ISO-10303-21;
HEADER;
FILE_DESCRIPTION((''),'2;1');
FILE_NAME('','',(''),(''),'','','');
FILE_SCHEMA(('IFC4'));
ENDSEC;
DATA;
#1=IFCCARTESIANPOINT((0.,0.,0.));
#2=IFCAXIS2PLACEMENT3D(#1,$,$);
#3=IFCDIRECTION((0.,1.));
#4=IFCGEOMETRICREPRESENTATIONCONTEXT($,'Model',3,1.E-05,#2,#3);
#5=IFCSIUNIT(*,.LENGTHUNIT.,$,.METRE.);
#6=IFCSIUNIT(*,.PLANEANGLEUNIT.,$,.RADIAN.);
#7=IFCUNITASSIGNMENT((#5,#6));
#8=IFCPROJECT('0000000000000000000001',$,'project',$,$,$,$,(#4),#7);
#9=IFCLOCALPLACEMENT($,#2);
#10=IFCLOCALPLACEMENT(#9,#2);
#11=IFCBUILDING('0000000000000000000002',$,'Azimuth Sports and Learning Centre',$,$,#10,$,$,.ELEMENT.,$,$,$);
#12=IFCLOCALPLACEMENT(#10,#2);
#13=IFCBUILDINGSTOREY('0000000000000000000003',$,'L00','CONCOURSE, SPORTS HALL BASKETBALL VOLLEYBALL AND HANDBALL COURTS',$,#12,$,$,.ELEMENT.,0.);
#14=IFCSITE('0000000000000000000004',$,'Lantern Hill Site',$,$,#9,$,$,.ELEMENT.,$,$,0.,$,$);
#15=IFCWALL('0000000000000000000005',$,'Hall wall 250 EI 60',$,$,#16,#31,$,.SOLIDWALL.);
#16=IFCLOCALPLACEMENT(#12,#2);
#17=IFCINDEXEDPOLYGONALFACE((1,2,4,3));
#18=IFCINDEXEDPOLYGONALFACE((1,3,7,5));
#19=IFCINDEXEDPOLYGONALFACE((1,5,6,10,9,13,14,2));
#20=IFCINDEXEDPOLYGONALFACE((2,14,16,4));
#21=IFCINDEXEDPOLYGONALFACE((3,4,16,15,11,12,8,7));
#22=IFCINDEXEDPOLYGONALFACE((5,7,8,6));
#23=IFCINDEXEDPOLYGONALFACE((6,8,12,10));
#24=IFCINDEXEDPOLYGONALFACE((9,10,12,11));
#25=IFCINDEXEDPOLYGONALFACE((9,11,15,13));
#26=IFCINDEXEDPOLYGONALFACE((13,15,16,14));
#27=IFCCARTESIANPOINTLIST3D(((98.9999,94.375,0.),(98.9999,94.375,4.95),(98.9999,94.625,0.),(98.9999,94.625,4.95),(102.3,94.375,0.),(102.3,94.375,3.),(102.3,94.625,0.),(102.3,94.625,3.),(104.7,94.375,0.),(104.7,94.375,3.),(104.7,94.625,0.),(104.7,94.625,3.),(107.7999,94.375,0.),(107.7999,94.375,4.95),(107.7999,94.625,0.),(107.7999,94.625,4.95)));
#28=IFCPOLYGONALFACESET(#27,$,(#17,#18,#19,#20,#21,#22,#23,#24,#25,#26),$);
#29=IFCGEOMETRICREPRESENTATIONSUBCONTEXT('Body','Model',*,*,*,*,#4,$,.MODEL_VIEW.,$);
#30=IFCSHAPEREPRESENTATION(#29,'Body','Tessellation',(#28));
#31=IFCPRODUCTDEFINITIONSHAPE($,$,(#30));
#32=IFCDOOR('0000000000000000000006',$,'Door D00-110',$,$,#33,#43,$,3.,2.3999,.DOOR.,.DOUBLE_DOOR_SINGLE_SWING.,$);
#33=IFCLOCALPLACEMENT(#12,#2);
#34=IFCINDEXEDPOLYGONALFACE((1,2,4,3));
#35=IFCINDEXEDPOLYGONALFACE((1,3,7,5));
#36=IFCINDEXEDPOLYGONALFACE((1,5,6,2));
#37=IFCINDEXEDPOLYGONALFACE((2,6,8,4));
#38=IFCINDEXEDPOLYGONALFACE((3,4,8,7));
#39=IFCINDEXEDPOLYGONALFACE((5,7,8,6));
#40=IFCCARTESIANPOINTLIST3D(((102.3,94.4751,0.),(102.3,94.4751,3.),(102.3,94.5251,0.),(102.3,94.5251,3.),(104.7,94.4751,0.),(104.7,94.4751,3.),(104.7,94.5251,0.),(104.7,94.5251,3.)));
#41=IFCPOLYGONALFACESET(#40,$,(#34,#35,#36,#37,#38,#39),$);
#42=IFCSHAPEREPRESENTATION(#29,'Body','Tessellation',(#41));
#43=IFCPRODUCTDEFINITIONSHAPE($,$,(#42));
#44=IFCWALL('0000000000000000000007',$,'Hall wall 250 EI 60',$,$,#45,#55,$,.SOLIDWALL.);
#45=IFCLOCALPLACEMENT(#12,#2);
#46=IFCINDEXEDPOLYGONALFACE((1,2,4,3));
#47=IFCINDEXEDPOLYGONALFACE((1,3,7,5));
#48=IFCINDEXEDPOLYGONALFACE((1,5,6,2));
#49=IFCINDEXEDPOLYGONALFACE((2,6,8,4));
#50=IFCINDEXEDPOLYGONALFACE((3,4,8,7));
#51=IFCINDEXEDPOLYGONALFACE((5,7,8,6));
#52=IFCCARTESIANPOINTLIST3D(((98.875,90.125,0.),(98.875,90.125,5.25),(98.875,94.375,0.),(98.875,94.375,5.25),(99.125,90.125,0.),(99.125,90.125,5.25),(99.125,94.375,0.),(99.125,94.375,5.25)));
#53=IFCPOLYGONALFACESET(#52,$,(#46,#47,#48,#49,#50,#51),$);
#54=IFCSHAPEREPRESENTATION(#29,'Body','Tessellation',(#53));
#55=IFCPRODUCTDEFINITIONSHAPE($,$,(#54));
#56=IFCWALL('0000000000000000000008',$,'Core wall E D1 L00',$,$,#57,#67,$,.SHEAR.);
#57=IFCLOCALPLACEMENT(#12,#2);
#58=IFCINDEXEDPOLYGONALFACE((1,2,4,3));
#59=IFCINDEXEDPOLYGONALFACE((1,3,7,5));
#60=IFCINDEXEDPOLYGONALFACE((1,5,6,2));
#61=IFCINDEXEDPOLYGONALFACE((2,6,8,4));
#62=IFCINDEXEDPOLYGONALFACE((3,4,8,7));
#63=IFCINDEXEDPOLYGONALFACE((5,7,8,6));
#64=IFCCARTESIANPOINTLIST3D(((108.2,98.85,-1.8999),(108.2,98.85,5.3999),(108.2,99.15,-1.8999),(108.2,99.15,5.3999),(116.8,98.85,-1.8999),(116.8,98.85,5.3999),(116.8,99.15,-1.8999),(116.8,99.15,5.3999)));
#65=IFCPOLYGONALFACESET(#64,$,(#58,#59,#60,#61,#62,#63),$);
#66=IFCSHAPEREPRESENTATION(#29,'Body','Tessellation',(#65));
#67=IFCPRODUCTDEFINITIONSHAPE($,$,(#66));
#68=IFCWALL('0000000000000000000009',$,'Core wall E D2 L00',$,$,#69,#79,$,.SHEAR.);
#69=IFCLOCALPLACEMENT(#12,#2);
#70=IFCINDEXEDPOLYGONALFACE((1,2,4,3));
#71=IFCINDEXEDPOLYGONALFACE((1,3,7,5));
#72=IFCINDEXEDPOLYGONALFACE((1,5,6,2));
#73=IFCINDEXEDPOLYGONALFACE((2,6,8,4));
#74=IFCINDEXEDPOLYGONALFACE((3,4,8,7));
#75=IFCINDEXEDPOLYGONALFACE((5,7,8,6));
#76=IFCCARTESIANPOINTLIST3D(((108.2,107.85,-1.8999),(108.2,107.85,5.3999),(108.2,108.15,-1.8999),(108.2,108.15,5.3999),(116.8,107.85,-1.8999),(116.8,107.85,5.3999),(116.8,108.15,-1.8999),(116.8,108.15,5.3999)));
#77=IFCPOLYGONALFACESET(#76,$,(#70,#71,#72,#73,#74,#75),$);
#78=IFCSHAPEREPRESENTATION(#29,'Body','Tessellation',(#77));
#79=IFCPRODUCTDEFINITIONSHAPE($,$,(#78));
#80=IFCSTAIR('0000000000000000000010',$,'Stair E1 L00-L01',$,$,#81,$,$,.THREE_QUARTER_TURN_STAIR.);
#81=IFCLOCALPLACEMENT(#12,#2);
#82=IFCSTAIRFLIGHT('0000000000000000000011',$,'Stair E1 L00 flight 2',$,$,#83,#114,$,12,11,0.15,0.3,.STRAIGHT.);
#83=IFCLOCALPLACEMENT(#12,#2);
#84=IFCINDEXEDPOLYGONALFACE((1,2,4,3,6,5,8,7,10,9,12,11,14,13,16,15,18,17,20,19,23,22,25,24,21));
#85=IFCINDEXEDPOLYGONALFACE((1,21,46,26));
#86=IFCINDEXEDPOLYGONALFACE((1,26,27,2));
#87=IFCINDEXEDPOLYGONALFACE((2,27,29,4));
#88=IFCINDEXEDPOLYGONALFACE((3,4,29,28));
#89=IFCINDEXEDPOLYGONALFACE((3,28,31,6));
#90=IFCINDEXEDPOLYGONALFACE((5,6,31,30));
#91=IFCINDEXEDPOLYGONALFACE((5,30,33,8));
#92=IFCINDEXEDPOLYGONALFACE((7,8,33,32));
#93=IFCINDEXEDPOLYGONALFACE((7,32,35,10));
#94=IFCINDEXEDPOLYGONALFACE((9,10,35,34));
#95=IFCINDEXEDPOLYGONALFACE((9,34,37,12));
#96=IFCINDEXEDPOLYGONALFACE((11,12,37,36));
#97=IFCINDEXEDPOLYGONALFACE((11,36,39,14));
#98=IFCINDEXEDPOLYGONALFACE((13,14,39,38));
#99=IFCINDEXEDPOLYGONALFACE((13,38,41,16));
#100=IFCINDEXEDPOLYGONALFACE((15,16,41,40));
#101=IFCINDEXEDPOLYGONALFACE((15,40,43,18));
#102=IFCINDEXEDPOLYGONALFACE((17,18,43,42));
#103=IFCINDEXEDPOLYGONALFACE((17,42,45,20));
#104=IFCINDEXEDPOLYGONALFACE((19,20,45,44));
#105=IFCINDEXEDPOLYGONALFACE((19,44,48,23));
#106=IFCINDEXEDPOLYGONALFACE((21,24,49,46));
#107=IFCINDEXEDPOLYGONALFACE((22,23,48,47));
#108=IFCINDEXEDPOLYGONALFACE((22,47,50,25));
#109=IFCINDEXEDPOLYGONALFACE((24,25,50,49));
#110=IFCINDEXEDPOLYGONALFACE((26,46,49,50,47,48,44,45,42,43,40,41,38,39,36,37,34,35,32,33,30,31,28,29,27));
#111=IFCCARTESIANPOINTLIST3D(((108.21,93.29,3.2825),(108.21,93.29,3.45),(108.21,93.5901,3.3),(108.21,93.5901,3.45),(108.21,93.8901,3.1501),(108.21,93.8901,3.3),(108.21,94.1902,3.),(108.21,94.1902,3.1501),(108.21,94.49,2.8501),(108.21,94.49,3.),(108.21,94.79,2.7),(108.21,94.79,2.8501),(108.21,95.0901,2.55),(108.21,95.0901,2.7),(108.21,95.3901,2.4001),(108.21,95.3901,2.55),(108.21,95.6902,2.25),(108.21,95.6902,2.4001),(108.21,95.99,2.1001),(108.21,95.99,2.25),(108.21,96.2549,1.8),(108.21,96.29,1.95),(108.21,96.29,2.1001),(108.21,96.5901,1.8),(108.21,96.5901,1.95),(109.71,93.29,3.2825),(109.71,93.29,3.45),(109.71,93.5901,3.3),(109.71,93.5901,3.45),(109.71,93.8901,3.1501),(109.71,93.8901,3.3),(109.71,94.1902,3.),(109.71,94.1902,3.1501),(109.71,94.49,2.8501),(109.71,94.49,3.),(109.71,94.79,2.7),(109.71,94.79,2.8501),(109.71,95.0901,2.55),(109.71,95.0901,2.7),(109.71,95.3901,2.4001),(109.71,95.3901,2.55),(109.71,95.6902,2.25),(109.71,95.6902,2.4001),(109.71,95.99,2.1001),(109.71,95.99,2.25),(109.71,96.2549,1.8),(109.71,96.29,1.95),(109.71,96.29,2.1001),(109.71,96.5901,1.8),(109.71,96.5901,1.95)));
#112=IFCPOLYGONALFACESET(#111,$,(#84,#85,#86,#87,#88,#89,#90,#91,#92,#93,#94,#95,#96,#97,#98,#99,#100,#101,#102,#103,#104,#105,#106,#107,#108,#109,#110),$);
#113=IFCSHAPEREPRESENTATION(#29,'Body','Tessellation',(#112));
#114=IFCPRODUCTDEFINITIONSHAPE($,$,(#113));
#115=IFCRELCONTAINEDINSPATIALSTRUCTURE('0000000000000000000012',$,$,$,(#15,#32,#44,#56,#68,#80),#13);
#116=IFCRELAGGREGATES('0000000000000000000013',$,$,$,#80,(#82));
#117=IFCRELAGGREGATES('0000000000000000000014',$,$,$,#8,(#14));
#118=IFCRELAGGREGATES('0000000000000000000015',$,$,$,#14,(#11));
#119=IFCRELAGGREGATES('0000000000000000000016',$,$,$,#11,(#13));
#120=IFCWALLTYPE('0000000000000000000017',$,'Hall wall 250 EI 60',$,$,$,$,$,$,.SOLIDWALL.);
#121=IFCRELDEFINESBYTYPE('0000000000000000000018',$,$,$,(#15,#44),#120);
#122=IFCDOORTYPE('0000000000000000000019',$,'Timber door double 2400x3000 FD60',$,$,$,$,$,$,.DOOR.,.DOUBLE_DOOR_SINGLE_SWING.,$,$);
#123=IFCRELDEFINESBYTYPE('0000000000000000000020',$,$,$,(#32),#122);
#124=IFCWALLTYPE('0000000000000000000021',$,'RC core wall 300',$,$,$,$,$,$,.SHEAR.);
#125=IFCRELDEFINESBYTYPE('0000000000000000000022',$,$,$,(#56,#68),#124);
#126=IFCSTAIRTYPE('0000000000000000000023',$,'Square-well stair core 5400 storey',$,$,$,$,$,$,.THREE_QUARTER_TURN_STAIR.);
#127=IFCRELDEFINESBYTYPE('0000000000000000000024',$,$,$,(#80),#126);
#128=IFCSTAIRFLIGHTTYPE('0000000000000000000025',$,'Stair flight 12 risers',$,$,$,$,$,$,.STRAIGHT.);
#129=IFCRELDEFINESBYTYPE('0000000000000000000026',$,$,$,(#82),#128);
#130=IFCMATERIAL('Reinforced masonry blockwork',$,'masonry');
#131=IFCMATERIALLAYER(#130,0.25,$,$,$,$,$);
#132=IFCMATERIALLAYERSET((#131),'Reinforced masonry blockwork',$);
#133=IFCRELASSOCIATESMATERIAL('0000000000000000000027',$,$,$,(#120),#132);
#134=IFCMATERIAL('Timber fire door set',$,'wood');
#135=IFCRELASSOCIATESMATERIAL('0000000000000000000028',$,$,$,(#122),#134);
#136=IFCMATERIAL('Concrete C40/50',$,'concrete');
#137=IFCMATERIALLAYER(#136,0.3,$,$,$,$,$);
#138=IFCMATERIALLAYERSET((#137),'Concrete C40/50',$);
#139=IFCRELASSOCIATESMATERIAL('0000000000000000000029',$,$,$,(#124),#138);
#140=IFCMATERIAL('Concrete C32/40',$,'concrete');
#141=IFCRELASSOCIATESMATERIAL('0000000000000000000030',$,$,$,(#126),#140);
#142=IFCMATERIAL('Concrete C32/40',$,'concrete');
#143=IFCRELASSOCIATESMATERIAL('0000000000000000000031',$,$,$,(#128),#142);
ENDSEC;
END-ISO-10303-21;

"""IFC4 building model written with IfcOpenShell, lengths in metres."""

from ifc_helpers import new_model, si_unit, direction, frame, frame_2d, origin, place, context, subcontext, project, spatial, polyline, rectangle, outline, extrude, material, layer, layer_set, type_object, element, fill, aggregate, save


model = new_model("IFC4")

# Units and contexts
model_context = context("Model", 3, precision=1e-05, world=origin(), true_north=direction((0.0, 1.0)))
body_context = subcontext(model_context, "Body", "Model", "MODEL_VIEW")
ifc_project = project(units=[si_unit("LENGTHUNIT", "METRE"), si_unit("PLANEANGLEUNIT", "RADIAN")], contexts=[model_context])

# Site, building, storey
site_placement = place(None, origin())
site = spatial("IfcSite", under=ifc_project, at=site_placement, Name="Lantern Hill Site", CompositionType="ELEMENT", RefElevation=0.0)
building_placement = place(site_placement, origin())
building = spatial("IfcBuilding", under=site, at=building_placement, Name="Azimuth Sports and Learning Centre", CompositionType="ELEMENT")
storey_placement = place(building_placement, origin())
storey = spatial("IfcBuildingStorey", under=building, at=storey_placement, Name="L00", Description="CONCOURSE, SPORTS HALL BASKETBALL VOLLEYBALL AND HANDBALL COURTS", CompositionType="ELEMENT", Elevation=0.0)

# Wall, opening, door
ifc_material_1 = material(Name="Reinforced masonry blockwork", Category="masonry")
ifc_layer_1 = layer(ifc_material_1, 0.25)
ifc_layer_set_1 = layer_set([ifc_layer_1], Name="Reinforced masonry blockwork")
wall_type_1 = type_object("IfcWallType", Name="Hall wall 250 EI 60", PredefinedType="SOLIDWALL", material=ifc_layer_set_1)
wall_1_placement = place(storey_placement, frame((99.0, 94.5, 0.0), z_axis=(0.0, 0.0, 1.0), x_axis=(1.0, 0.0, 0.0)))
wall_1 = element("IfcWall", 1, at=wall_1_placement, inside=storey, type_object=wall_type_1, Name="Hall wall 250 EI 60", PredefinedType="SOLIDWALL", context=body_context, shape_type="SweptSolid", body=[
    extrude(rectangle(XDim=8.8, YDim=0.25, at=frame_2d((4.3999, 0.0))), origin(), (0.0, 0.0, 1.0), 4.95),
])
opening_placement = place(wall_1_placement, frame((3.3, 0.0, 0.0)))
opening = element("IfcOpeningElement", 2, at=opening_placement, cuts=wall_1, PredefinedType="OPENING", context=body_context, shape_type="SweptSolid", body=[
    extrude(rectangle(XDim=2.3999, YDim=3.0, at=frame_2d((1.2, 1.5))), frame((0.0, 0.136, 0.0), z_axis=(0.0, -1.0, 0.0), x_axis=(1.0, 0.0, 0.0)), (0.0, 0.0, 1.0), 0.272),
])
ifc_material_2 = material(Name="Timber fire door set", Category="wood")
door_type = type_object("IfcDoorType", Name="Timber door double 2400x3000 FD60", OperationType="DOUBLE_DOOR_SINGLE_SWING", PredefinedType="DOOR", material=ifc_material_2)
door_placement = place(opening_placement, frame((2.3999, 0.0, 0.0), z_axis=(0.0, 0.0, 1.0), x_axis=(-1.0, 0.0, 0.0)))
door = element("IfcDoor", 3, at=door_placement, inside=storey, type_object=door_type, Name="Door D00-110", OperationType="DOUBLE_DOOR_SINGLE_SWING", OverallHeight=3.0, OverallWidth=2.3999, PredefinedType="DOOR", context=body_context, shape_type="SweptSolid", body=[
    extrude(rectangle(XDim=2.3999, YDim=3.0, at=frame_2d((1.2, 1.5))), frame((0.0, 0.0249, 0.0), z_axis=(0.0, -1.0, 0.0), x_axis=(1.0, 0.0, 0.0)), (0.0, 0.0, 1.0), 0.05),
])
fill(opening, door)

# Walls
wall_2_placement = place(storey_placement, frame((99.0, 90.125, 0.0), z_axis=(0.0, 0.0, 1.0), x_axis=(0.0, 1.0, 0.0)))
element("IfcWall", 4, at=wall_2_placement, inside=storey, type_object=wall_type_1, Name="Hall wall 250 EI 60", PredefinedType="SOLIDWALL", context=body_context, shape_type="SweptSolid", body=[
    extrude(rectangle(XDim=4.25, YDim=0.25, at=frame_2d((2.125, 0.0))), origin(), (0.0, 0.0, 1.0), 5.25),
])
ifc_material_3 = material(Name="Concrete C40/50", Category="concrete")
ifc_layer_2 = layer(ifc_material_3, 0.3)
ifc_layer_set_2 = layer_set([ifc_layer_2], Name="Concrete C40/50")
wall_type_2 = type_object("IfcWallType", Name="RC core wall 300", PredefinedType="SHEAR", material=ifc_layer_set_2)
for number, where, z_axis, x_axis, name in (
    (5, (108.2, 99.0, -1.8999), (0.0, 0.0, 1.0), (1.0, 0.0, 0.0), "Core wall E D1 L00"),
    (6, (108.2, 108.0, -1.8999), (0.0, 0.0, 1.0), (1.0, 0.0, 0.0), "Core wall E D2 L00"),
):
    element("IfcWall", number, at=place(storey_placement, frame(where, z_axis=z_axis, x_axis=x_axis)), inside=storey, type_object=wall_type_2, Name=name, PredefinedType="SHEAR", context=body_context, shape_type="SweptSolid", body=[
        extrude(rectangle(XDim=8.6001, YDim=0.3, at=frame_2d((4.3, 0.0))), origin(), (0.0, 0.0, 1.0), 7.2998),
    ])

# Stair, stair flight
ifc_material_4 = material(Name="Concrete C32/40", Category="concrete")
stair_type = type_object("IfcStairType", Name="Square-well stair core 5400 storey", PredefinedType="THREE_QUARTER_TURN_STAIR", material=ifc_material_4)
stair_placement = place(storey_placement, origin())
stair = element("IfcStair", 7, at=stair_placement, inside=storey, type_object=stair_type, Name="Stair E1 L00-L01", PredefinedType="THREE_QUARTER_TURN_STAIR")
ifc_material_5 = material(Name="Concrete C32/40", Category="concrete")
stair_flight_type = type_object("IfcStairFlightType", Name="Stair flight 12 risers", PredefinedType="STRAIGHT", material=ifc_material_5)
stair_flight_placement = place(storey_placement, frame((108.96, 96.5901, 1.8), z_axis=(0.0, 0.0, 1.0), x_axis=(0.0, -1.0, 0.0)))
stair_flight = element("IfcStairFlight", 8, at=stair_flight_placement, type_object=stair_flight_type, Name="Stair E1 L00 flight 2", NumberOfRisers=12, NumberOfTreads=11, PredefinedType="STRAIGHT", RiserHeight=0.15, TreadLength=0.3, context=body_context, shape_type="SweptSolid", body=[
    extrude(outline(polyline([(0.0, 0.0), (0.0, 0.1499), (0.3, 0.1499), (0.3, 0.3), (0.6001, 0.3), (0.6001, 0.45), (0.8999, 0.45), (0.8999, 0.6001), (1.2, 0.6001), (1.2, 0.75), (1.5, 0.75), (1.5, 0.8999), (1.8, 0.8999), (1.8, 1.05), (2.1001, 1.05), (2.1001, 1.2), (2.3999, 1.2), (2.3999, 1.3501), (2.7, 1.3501), (2.7, 1.5), (3.0, 1.5), (3.0, 1.6499), (3.3, 1.6499), (3.3, 1.8), (3.3, 1.4824), (0.3352, 0.0), (0.0, 0.0)])), frame((0.0, 0.75, 0.0), z_axis=(0.0, -1.0, 0.0), x_axis=(1.0, 0.0, 0.0)), (0.0, 0.0, 1.0), 1.5),
])
aggregate(stair, [stair_flight])

save(model, "model.ifc")
